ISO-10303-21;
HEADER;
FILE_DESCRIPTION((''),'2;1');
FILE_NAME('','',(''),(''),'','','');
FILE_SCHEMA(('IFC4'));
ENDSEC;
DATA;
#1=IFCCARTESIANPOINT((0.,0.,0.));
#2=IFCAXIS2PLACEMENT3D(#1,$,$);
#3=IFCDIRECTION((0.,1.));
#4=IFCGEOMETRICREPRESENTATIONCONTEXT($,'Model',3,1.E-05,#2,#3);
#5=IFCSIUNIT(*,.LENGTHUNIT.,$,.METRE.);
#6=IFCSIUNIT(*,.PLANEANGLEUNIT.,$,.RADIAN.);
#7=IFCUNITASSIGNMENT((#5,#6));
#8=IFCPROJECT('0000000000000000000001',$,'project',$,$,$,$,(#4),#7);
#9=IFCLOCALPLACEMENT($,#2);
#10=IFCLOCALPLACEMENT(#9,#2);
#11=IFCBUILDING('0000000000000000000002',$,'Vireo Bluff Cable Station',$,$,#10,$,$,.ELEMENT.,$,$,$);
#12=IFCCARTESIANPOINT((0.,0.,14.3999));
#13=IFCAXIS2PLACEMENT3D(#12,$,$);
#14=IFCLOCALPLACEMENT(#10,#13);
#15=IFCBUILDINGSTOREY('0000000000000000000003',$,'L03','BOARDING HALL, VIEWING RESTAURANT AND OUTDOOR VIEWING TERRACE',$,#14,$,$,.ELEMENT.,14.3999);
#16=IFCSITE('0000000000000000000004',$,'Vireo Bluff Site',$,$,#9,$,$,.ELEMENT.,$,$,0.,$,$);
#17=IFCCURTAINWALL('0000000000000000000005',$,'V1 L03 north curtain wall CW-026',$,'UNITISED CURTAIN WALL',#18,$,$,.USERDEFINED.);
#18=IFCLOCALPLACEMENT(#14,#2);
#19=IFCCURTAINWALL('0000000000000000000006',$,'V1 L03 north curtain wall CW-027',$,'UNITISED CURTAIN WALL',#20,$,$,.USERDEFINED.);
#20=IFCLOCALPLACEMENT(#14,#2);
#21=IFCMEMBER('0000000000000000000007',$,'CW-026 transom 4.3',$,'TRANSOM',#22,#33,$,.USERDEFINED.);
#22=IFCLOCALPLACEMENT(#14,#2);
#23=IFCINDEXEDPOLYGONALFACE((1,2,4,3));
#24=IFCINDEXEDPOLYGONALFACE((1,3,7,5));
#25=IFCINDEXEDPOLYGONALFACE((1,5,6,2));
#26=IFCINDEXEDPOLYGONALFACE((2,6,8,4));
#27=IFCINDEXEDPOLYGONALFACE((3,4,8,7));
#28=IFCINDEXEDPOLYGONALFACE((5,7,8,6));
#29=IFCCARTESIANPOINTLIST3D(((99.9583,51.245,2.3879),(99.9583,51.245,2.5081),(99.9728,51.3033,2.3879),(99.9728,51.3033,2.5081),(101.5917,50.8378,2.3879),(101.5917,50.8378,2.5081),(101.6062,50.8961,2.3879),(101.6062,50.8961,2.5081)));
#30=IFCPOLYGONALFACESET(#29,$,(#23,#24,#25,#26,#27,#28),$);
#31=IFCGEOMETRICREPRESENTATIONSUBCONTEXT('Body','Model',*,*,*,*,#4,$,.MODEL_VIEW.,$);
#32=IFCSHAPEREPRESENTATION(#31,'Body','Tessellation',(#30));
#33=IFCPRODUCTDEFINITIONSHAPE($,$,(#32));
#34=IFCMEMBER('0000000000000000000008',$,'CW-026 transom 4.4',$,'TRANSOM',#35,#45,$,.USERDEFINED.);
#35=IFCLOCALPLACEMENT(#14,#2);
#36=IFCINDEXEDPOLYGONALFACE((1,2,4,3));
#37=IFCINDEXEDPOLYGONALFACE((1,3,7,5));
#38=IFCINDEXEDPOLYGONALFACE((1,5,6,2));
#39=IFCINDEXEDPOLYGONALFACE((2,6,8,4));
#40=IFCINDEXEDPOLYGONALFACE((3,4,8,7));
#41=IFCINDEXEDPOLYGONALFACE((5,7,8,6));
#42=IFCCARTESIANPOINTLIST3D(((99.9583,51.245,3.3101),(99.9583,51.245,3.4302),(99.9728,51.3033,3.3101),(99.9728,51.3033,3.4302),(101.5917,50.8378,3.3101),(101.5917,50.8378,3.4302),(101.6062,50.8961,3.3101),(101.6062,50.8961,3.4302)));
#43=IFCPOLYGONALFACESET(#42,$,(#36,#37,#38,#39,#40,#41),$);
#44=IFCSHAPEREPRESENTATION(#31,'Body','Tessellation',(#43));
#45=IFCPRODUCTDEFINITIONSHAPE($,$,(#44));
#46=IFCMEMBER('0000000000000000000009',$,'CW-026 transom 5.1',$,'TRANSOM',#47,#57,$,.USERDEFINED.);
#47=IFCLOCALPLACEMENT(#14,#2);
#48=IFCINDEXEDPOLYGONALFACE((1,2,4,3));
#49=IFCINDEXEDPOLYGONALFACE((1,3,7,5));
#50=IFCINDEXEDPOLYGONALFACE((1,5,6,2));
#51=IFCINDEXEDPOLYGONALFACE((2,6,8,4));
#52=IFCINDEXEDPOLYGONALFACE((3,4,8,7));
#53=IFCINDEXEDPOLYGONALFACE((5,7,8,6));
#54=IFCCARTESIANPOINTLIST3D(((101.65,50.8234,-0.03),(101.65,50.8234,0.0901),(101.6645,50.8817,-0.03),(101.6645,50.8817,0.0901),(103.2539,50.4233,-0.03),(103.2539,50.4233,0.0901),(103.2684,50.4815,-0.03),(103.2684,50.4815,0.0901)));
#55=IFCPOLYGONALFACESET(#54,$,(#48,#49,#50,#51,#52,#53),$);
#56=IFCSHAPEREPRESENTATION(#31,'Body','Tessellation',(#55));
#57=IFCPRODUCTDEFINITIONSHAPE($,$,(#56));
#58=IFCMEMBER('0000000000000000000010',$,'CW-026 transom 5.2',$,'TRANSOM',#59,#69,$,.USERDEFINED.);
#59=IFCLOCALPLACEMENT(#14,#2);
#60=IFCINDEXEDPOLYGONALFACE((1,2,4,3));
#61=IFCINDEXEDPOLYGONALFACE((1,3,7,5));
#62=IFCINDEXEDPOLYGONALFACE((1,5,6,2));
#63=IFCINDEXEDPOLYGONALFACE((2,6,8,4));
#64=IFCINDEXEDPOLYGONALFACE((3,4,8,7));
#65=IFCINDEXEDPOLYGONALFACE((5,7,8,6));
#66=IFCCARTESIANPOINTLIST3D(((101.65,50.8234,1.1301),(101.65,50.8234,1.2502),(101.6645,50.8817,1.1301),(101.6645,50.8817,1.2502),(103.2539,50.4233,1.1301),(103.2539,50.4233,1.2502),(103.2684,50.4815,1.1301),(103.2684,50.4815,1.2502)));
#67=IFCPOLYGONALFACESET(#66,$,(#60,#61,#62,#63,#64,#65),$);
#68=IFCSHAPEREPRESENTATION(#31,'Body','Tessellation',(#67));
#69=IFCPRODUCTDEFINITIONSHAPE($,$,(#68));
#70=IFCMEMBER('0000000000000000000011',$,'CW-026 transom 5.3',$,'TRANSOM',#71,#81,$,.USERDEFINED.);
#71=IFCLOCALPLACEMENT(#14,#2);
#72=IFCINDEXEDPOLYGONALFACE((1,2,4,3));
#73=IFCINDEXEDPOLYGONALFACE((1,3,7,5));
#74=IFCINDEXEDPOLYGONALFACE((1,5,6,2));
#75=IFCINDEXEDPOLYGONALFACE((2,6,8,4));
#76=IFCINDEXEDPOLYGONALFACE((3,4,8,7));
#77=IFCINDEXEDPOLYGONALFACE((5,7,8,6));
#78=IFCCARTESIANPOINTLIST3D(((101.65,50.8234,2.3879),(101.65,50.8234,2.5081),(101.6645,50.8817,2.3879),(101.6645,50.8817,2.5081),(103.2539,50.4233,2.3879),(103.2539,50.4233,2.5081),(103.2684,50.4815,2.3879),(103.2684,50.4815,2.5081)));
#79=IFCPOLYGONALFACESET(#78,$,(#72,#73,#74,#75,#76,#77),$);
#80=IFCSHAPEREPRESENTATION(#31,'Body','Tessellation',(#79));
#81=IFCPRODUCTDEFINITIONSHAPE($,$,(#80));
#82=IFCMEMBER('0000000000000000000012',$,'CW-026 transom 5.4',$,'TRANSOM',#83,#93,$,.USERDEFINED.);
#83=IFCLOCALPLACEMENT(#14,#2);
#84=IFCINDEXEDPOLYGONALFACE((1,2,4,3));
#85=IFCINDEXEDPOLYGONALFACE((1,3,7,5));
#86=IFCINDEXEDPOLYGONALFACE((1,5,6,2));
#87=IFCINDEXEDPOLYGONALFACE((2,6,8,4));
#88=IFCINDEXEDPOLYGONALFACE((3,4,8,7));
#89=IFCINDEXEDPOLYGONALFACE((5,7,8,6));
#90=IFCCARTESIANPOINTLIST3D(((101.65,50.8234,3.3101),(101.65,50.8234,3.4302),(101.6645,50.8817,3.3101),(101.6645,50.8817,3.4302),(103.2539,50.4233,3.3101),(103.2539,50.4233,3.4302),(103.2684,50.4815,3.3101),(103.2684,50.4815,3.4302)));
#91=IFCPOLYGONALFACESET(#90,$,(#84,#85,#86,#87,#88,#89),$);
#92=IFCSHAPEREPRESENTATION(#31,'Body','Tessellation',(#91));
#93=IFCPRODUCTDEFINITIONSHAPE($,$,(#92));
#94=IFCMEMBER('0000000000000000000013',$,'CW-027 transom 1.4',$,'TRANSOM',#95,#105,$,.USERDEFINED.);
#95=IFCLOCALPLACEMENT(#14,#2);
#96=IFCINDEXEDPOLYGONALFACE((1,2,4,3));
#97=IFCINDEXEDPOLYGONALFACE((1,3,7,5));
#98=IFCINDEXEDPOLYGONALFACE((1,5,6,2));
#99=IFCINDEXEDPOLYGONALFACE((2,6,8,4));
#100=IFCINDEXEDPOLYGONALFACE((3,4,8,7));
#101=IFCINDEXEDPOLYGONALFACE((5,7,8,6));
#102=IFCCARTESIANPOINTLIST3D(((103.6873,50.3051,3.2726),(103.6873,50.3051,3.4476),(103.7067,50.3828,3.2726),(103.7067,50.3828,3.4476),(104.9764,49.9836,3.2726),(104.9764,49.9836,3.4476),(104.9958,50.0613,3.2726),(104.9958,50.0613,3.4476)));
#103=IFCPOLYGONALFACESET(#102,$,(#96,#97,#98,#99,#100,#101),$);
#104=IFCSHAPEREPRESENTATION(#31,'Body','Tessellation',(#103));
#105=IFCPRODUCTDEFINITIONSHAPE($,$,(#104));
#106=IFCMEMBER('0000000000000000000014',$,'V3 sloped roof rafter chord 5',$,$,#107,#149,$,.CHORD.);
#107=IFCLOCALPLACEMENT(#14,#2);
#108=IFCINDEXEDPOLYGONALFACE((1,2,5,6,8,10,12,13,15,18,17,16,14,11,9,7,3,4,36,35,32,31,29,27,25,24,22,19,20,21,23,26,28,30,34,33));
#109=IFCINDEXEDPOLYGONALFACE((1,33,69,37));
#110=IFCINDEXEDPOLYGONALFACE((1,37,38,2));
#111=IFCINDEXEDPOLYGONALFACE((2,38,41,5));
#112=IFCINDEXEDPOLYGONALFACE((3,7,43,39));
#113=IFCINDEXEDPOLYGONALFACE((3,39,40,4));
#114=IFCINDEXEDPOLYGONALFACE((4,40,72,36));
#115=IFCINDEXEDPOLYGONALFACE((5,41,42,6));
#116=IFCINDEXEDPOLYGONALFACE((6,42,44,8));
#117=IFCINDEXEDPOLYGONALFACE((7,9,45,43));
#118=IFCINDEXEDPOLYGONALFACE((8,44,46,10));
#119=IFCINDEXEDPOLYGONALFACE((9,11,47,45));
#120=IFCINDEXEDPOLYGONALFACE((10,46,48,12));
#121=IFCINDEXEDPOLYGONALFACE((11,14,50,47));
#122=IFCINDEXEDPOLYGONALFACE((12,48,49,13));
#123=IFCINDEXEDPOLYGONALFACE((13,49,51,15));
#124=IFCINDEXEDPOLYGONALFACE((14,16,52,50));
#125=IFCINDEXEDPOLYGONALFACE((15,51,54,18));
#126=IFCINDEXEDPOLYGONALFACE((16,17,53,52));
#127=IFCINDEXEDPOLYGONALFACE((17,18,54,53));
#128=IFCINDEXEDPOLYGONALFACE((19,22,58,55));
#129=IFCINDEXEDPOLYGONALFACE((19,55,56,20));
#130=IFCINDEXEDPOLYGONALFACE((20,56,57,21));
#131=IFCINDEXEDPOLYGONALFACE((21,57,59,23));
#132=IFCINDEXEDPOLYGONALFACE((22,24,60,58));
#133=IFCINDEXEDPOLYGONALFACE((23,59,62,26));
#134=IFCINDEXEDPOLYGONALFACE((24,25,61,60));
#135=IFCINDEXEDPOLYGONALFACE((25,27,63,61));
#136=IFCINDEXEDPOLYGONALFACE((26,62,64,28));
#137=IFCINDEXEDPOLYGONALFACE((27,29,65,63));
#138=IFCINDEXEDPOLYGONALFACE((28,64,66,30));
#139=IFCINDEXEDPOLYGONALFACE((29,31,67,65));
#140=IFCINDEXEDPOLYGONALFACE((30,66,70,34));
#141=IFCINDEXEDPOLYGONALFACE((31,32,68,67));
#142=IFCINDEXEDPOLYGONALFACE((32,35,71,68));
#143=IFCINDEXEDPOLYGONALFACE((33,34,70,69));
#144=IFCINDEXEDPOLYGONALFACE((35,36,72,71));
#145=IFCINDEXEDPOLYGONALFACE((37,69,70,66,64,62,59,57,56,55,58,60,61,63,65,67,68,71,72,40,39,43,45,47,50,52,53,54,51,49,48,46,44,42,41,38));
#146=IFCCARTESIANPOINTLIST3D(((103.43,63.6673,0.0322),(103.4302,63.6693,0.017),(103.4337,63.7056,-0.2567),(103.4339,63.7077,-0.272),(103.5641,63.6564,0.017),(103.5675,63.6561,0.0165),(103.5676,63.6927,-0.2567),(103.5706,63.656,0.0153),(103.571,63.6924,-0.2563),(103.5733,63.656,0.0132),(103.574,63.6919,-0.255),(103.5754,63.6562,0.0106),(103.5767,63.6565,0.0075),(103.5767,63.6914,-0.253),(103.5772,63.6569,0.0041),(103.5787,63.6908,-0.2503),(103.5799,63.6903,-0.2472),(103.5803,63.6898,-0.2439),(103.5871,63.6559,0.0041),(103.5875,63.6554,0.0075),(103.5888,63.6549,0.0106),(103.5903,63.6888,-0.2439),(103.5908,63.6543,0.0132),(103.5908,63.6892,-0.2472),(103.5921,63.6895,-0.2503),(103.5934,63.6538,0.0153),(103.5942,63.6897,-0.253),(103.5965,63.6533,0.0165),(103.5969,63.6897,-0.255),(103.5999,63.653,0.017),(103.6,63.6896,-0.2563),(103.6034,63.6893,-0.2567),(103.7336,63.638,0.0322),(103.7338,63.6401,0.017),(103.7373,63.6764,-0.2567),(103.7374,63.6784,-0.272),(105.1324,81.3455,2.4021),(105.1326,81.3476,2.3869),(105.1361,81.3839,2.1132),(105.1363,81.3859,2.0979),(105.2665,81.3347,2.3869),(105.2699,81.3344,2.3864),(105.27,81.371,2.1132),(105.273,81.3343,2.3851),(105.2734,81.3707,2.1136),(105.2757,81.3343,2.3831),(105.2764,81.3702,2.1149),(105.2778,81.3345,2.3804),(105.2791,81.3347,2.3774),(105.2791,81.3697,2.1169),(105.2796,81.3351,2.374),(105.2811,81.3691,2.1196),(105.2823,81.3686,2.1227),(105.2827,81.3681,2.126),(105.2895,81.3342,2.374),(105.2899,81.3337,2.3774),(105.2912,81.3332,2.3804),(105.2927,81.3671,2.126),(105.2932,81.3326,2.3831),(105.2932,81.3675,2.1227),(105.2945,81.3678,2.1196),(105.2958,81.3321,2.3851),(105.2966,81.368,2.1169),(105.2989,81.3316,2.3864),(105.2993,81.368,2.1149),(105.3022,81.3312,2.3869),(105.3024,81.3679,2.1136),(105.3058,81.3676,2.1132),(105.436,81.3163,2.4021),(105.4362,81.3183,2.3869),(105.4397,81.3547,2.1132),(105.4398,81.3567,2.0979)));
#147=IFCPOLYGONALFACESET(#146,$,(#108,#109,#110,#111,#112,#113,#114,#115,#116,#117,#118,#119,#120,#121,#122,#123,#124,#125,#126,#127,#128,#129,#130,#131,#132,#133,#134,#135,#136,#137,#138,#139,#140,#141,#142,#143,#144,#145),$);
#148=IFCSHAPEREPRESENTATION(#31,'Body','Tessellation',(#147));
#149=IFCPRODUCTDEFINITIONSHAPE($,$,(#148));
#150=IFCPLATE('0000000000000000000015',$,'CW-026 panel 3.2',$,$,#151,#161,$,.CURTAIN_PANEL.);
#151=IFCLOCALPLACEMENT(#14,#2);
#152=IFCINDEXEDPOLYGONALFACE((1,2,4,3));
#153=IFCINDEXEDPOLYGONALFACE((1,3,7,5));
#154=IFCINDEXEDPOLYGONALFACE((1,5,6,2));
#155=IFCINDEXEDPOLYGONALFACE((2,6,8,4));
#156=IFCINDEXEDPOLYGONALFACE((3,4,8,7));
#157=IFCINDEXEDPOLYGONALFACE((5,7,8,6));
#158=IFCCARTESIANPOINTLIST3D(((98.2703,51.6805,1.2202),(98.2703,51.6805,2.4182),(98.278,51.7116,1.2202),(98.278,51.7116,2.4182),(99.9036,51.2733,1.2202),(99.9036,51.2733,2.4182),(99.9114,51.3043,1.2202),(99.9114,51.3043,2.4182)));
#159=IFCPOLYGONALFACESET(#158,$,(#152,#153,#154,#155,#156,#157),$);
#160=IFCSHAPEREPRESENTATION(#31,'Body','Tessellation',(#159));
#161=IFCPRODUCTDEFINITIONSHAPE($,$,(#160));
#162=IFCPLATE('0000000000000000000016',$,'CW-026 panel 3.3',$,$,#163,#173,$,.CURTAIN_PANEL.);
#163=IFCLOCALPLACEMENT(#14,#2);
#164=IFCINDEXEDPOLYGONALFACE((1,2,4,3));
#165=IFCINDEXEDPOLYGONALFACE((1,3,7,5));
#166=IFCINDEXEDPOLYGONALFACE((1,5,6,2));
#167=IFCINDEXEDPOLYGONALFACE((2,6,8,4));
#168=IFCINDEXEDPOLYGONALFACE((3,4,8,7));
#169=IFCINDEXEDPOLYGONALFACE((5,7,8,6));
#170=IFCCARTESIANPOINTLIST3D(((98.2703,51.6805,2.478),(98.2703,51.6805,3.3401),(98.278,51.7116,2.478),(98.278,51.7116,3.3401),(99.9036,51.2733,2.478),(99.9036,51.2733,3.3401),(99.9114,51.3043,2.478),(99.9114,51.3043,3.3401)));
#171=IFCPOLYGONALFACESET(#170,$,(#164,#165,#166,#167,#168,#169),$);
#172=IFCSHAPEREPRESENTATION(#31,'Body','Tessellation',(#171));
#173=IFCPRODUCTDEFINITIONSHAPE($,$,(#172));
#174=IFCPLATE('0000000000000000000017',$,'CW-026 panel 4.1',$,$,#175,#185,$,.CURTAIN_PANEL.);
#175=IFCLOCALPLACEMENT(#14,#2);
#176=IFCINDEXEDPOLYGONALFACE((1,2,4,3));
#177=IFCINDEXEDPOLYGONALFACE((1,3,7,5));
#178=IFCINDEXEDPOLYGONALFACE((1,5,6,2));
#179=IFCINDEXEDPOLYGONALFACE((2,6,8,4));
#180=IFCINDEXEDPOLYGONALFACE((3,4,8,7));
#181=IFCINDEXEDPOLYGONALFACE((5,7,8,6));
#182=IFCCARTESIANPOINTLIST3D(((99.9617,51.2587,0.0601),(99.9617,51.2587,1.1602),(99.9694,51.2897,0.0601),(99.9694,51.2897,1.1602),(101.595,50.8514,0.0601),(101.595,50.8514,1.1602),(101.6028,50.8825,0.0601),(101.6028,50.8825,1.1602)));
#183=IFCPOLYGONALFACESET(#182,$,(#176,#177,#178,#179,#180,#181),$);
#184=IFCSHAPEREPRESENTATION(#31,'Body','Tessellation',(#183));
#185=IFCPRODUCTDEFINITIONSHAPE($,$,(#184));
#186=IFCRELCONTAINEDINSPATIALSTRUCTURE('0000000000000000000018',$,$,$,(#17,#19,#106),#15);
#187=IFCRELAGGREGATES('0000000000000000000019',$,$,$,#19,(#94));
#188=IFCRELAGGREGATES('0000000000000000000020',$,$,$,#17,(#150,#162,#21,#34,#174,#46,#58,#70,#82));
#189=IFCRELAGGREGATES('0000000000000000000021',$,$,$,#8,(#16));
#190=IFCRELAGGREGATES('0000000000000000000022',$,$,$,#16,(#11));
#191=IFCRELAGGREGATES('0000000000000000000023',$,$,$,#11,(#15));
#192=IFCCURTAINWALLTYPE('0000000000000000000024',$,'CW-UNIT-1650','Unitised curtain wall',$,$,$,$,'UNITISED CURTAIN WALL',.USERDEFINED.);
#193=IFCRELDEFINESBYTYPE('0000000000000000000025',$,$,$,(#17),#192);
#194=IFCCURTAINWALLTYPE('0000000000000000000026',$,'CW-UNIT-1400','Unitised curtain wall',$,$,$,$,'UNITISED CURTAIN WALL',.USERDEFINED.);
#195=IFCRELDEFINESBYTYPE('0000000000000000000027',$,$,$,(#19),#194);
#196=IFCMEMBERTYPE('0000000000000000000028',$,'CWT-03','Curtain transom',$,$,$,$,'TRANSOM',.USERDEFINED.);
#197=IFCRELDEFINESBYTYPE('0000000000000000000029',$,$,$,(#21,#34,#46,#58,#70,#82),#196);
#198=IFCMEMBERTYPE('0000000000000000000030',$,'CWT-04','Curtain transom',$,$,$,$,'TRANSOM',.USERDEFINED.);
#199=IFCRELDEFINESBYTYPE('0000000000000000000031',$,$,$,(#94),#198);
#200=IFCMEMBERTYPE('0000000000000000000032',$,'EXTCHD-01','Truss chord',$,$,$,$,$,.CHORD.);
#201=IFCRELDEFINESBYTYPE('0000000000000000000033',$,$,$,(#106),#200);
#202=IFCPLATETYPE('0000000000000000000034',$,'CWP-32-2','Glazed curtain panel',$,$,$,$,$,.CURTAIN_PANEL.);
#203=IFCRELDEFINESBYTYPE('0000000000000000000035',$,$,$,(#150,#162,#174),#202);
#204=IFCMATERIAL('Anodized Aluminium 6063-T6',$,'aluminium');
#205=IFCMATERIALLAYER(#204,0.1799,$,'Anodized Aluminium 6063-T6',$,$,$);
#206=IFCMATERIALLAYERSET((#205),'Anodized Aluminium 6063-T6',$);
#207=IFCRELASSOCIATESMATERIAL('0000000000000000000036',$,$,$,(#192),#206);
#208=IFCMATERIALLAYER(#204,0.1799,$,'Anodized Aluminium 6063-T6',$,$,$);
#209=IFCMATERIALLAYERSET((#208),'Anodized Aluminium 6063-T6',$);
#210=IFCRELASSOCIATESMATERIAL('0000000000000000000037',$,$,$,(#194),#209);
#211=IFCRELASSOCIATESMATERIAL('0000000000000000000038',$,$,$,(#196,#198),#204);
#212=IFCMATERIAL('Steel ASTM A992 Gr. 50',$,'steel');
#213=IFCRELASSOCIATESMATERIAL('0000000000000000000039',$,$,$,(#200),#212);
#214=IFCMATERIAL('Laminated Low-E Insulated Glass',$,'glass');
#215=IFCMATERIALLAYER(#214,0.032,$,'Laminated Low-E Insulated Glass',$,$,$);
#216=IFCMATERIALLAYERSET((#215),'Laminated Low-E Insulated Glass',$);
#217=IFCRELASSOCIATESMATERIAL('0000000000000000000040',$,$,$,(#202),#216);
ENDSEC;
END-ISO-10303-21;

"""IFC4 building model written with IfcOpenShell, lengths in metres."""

from ifc_helpers import new_model, si_unit, direction, frame, origin, origin_2d, place, context, subcontext, project, spatial, rectangle, i_section, extrude, material, layer, layer_set, material_profile, profile_set, type_object, element, aggregate, save


model = new_model("IFC4")

# Units and contexts
model_context = context("Model", 3, precision=1e-05, world=origin(), true_north=direction((0.0, 1.0)))
body_context = subcontext(model_context, "Body", "Model", "MODEL_VIEW")
ifc_project = project(units=[si_unit("LENGTHUNIT", "METRE"), si_unit("PLANEANGLEUNIT", "RADIAN")], contexts=[model_context])

# Site, building, storey
site_placement = place(None, origin())
site = spatial("IfcSite", under=ifc_project, at=site_placement, Name="Vireo Bluff Site", CompositionType="ELEMENT", RefElevation=0.0)
building_placement = place(site_placement, origin())
building = spatial("IfcBuilding", under=site, at=building_placement, Name="Vireo Bluff Cable Station", CompositionType="ELEMENT")
storey_placement = place(building_placement, frame((0.0, 0.0, 14.3999)))
storey = spatial("IfcBuildingStorey", under=building, at=storey_placement, Name="L03", Description="BOARDING HALL, VIEWING RESTAURANT AND OUTDOOR VIEWING TERRACE", CompositionType="ELEMENT", Elevation=14.3999)

# Shared definitions
ifc_material_1 = material(Name="Steel ASTM A992 Gr. 50", Category="steel")

# Curtain wall
ifc_material_2 = material(Name="Anodized Aluminium 6063-T6", Category="aluminium")
ifc_layer_1 = layer(ifc_material_2, 0.1799, Name="Anodized Aluminium 6063-T6")
ifc_layer_set_1 = layer_set([ifc_layer_1], Name="Anodized Aluminium 6063-T6")
curtain_wall_type_1 = type_object("IfcCurtainWallType", Name="CW-UNIT-1650", Description="Unitised curtain wall", ElementType="UNITISED CURTAIN WALL", PredefinedType="USERDEFINED", material=ifc_layer_set_1)
curtain_wall_1_placement = place(storey_placement, origin())
curtain_wall_1 = element("IfcCurtainWall", 1, at=curtain_wall_1_placement, inside=storey, type_object=curtain_wall_type_1, Name="V1 L03 north curtain wall CW-026", ObjectType="UNITISED CURTAIN WALL", PredefinedType="USERDEFINED")

# Curtain wall
ifc_layer_2 = layer(ifc_material_2, 0.1799, Name="Anodized Aluminium 6063-T6")
ifc_layer_set_2 = layer_set([ifc_layer_2], Name="Anodized Aluminium 6063-T6")
curtain_wall_type_2 = type_object("IfcCurtainWallType", Name="CW-UNIT-1400", Description="Unitised curtain wall", ElementType="UNITISED CURTAIN WALL", PredefinedType="USERDEFINED", material=ifc_layer_set_2)
curtain_wall_2_placement = place(storey_placement, origin())
curtain_wall_2 = element("IfcCurtainWall", 2, at=curtain_wall_2_placement, inside=storey, type_object=curtain_wall_type_2, Name="V1 L03 north curtain wall CW-027", ObjectType="UNITISED CURTAIN WALL", PredefinedType="USERDEFINED")

# Members
ifc_material_profile_1 = material_profile(ifc_material_2, rectangle(XDim=0.0601, YDim=0.1201, at=origin_2d()), Name="ALU-T-60X120")
ifc_profile_set_1 = profile_set([ifc_material_profile_1], Name="Anodized Aluminium 6063-T6")
member_type_1 = type_object("IfcMemberType", Name="CWT-03", Description="Curtain transom", ElementType="TRANSOM", PredefinedType="USERDEFINED", material=ifc_profile_set_1)
member_1_placement = place(storey_placement, frame((99.9656, 51.2742, 2.448), z_axis=(0.970296, -0.241921, 0.0), x_axis=(0.241921, 0.970296, 0.0)))
member_1 = element("IfcMember", 3, at=member_1_placement, type_object=member_type_1, Name="CW-026 transom 4.3", ObjectType="TRANSOM", PredefinedType="USERDEFINED", context=body_context, shape_type="SweptSolid", body=[
    extrude(rectangle(XDim=0.0601, YDim=0.1201, at=origin_2d()), origin(), (0.0, 0.0, 1.0), 1.6833),
])
member_2_placement = place(storey_placement, frame((99.9656, 51.2742, 3.3701), z_axis=(0.970296, -0.241921, 0.0), x_axis=(0.241921, 0.970296, 0.0)))
member_2 = element("IfcMember", 4, at=member_2_placement, type_object=member_type_1, Name="CW-026 transom 4.4", ObjectType="TRANSOM", PredefinedType="USERDEFINED", context=body_context, shape_type="SweptSolid", body=[
    extrude(rectangle(XDim=0.0601, YDim=0.1201, at=origin_2d()), origin(), (0.0, 0.0, 1.0), 1.6833),
])
member_3_placement = place(storey_placement, frame((101.6572, 50.8525, 0.03), z_axis=(0.970264, -0.242049, 0.0), x_axis=(0.242049, 0.970264, 0.0)))
member_3 = element("IfcMember", 5, at=member_3_placement, type_object=member_type_1, Name="CW-026 transom 5.1", ObjectType="TRANSOM", PredefinedType="USERDEFINED", context=body_context, shape_type="SweptSolid", body=[
    extrude(rectangle(XDim=0.0601, YDim=0.1201, at=origin_2d()), origin(), (0.0, 0.0, 1.0), 1.6531),
])
member_4_placement = place(storey_placement, frame((101.6572, 50.8525, 1.1902), z_axis=(0.970264, -0.242049, 0.0), x_axis=(0.242049, 0.970264, 0.0)))
member_4 = element("IfcMember", 6, at=member_4_placement, type_object=member_type_1, Name="CW-026 transom 5.2", ObjectType="TRANSOM", PredefinedType="USERDEFINED", context=body_context, shape_type="SweptSolid", body=[
    extrude(rectangle(XDim=0.0601, YDim=0.1201, at=origin_2d()), origin(), (0.0, 0.0, 1.0), 1.6531),
])
member_5_placement = place(storey_placement, frame((101.6572, 50.8525, 2.448), z_axis=(0.970264, -0.242049, 0.0), x_axis=(0.242049, 0.970264, 0.0)))
member_5 = element("IfcMember", 7, at=member_5_placement, type_object=member_type_1, Name="CW-026 transom 5.3", ObjectType="TRANSOM", PredefinedType="USERDEFINED", context=body_context, shape_type="SweptSolid", body=[
    extrude(rectangle(XDim=0.0601, YDim=0.1201, at=origin_2d()), origin(), (0.0, 0.0, 1.0), 1.6531),
])
member_6_placement = place(storey_placement, frame((101.6572, 50.8525, 3.3701), z_axis=(0.970264, -0.242049, 0.0), x_axis=(0.242049, 0.970264, 0.0)))
member_6 = element("IfcMember", 8, at=member_6_placement, type_object=member_type_1, Name="CW-026 transom 5.4", ObjectType="TRANSOM", PredefinedType="USERDEFINED", context=body_context, shape_type="SweptSolid", body=[
    extrude(rectangle(XDim=0.0601, YDim=0.1201, at=origin_2d()), origin(), (0.0, 0.0, 1.0), 1.6531),
])
ifc_material_profile_2 = material_profile(ifc_material_2, rectangle(XDim=0.0801, YDim=0.175, at=origin_2d()), Name="ALU-T-80X175")
ifc_profile_set_2 = profile_set([ifc_material_profile_2], Name="Anodized Aluminium 6063-T6")
member_type_2 = type_object("IfcMemberType", Name="CWT-04", Description="Curtain transom", ElementType="TRANSOM", PredefinedType="USERDEFINED", material=ifc_profile_set_2)
member_7_placement = place(storey_placement, frame((103.697, 50.344, 3.3601), z_axis=(0.970272, -0.242017, 0.0), x_axis=(0.242017, 0.970272, 0.0)))
member_7 = element("IfcMember", 9, at=member_7_placement, type_object=member_type_2, Name="CW-027 transom 1.4", ObjectType="TRANSOM", PredefinedType="USERDEFINED", context=body_context, shape_type="SweptSolid", body=[
    extrude(rectangle(XDim=0.0801, YDim=0.175, at=origin_2d()), origin(), (0.0, 0.0, 1.0), 1.3286),
])
aggregate(curtain_wall_2, [member_7])
ifc_material_profile_3 = material_profile(ifc_material_1, i_section(OverallWidth=0.3049, OverallDepth=0.3069, WebThickness=0.01, FlangeThickness=0.0154, FilletRadius=0.0129, at=origin_2d()), Name="W12X65")
ifc_profile_set_3 = profile_set([ifc_material_profile_3], Name="Steel ASTM A992 Gr. 50")
member_type_3 = type_object("IfcMemberType", Name="EXTCHD-01", Description="Truss chord", PredefinedType="CHORD", material=ifc_profile_set_3)
member_8_placement = place(storey_placement, frame((103.5837, 63.6729, -0.1199), z_axis=(0.095013, 0.98665, 0.132266), x_axis=(-0.995395, 0.095855, 0.0)))
element("IfcMember", 10, at=member_8_placement, inside=storey, type_object=member_type_3, Name="V3 sloped roof rafter chord 5", PredefinedType="CHORD", context=body_context, shape_type="SweptSolid", body=[
    extrude(i_section(OverallWidth=0.3049, OverallDepth=0.3069, WebThickness=0.01, FlangeThickness=0.0154, FilletRadius=0.0129, at=origin_2d()), origin(), (0.0, 0.0, 1.0), 17.9175),
])

# Plates
ifc_material_3 = material(Name="Laminated Low-E Insulated Glass", Category="glass")
ifc_layer_3 = layer(ifc_material_3, 0.032, Name="Laminated Low-E Insulated Glass")
ifc_layer_set_3 = layer_set([ifc_layer_3], Name="Laminated Low-E Insulated Glass")
plate_type = type_object("IfcPlateType", Name="CWP-32-2", Description="Glazed curtain panel", PredefinedType="CURTAIN_PANEL", material=ifc_layer_set_3)
plate_1_placement = place(storey_placement, frame((99.0908, 51.4924, 1.2202), z_axis=(0.0, 0.0, 1.0), x_axis=(0.970296, -0.241922, 0.0)))
plate_1 = element("IfcPlate", 11, at=plate_1_placement, type_object=plate_type, Name="CW-026 panel 3.2", PredefinedType="CURTAIN_PANEL", context=body_context, shape_type="SweptSolid", body=[
    extrude(rectangle(XDim=1.6833, YDim=0.032, at=origin_2d()), origin(), (0.0, 0.0, 1.0), 1.198),
])
plate_2_placement = place(storey_placement, frame((99.0908, 51.4924, 2.478), z_axis=(0.0, 0.0, 1.0), x_axis=(0.970296, -0.241922, 0.0)))
plate_2 = element("IfcPlate", 12, at=plate_2_placement, type_object=plate_type, Name="CW-026 panel 3.3", PredefinedType="CURTAIN_PANEL", context=body_context, shape_type="SweptSolid", body=[
    extrude(rectangle(XDim=1.6833, YDim=0.032, at=origin_2d()), origin(), (0.0, 0.0, 1.0), 0.8621),
])
plate_3_placement = place(storey_placement, frame((100.7822, 51.0706, 0.0601), z_axis=(0.0, 0.0, 1.0), x_axis=(0.970296, -0.241922, 0.0)))
plate_3 = element("IfcPlate", 13, at=plate_3_placement, type_object=plate_type, Name="CW-026 panel 4.1", PredefinedType="CURTAIN_PANEL", context=body_context, shape_type="SweptSolid", body=[
    extrude(rectangle(XDim=1.6833, YDim=0.032, at=origin_2d()), origin(), (0.0, 0.0, 1.0), 1.1001),
])
aggregate(curtain_wall_1, [plate_1, plate_2, member_1, member_2, plate_3, member_3, member_4, member_5, member_6])

save(model, "model.ifc")
